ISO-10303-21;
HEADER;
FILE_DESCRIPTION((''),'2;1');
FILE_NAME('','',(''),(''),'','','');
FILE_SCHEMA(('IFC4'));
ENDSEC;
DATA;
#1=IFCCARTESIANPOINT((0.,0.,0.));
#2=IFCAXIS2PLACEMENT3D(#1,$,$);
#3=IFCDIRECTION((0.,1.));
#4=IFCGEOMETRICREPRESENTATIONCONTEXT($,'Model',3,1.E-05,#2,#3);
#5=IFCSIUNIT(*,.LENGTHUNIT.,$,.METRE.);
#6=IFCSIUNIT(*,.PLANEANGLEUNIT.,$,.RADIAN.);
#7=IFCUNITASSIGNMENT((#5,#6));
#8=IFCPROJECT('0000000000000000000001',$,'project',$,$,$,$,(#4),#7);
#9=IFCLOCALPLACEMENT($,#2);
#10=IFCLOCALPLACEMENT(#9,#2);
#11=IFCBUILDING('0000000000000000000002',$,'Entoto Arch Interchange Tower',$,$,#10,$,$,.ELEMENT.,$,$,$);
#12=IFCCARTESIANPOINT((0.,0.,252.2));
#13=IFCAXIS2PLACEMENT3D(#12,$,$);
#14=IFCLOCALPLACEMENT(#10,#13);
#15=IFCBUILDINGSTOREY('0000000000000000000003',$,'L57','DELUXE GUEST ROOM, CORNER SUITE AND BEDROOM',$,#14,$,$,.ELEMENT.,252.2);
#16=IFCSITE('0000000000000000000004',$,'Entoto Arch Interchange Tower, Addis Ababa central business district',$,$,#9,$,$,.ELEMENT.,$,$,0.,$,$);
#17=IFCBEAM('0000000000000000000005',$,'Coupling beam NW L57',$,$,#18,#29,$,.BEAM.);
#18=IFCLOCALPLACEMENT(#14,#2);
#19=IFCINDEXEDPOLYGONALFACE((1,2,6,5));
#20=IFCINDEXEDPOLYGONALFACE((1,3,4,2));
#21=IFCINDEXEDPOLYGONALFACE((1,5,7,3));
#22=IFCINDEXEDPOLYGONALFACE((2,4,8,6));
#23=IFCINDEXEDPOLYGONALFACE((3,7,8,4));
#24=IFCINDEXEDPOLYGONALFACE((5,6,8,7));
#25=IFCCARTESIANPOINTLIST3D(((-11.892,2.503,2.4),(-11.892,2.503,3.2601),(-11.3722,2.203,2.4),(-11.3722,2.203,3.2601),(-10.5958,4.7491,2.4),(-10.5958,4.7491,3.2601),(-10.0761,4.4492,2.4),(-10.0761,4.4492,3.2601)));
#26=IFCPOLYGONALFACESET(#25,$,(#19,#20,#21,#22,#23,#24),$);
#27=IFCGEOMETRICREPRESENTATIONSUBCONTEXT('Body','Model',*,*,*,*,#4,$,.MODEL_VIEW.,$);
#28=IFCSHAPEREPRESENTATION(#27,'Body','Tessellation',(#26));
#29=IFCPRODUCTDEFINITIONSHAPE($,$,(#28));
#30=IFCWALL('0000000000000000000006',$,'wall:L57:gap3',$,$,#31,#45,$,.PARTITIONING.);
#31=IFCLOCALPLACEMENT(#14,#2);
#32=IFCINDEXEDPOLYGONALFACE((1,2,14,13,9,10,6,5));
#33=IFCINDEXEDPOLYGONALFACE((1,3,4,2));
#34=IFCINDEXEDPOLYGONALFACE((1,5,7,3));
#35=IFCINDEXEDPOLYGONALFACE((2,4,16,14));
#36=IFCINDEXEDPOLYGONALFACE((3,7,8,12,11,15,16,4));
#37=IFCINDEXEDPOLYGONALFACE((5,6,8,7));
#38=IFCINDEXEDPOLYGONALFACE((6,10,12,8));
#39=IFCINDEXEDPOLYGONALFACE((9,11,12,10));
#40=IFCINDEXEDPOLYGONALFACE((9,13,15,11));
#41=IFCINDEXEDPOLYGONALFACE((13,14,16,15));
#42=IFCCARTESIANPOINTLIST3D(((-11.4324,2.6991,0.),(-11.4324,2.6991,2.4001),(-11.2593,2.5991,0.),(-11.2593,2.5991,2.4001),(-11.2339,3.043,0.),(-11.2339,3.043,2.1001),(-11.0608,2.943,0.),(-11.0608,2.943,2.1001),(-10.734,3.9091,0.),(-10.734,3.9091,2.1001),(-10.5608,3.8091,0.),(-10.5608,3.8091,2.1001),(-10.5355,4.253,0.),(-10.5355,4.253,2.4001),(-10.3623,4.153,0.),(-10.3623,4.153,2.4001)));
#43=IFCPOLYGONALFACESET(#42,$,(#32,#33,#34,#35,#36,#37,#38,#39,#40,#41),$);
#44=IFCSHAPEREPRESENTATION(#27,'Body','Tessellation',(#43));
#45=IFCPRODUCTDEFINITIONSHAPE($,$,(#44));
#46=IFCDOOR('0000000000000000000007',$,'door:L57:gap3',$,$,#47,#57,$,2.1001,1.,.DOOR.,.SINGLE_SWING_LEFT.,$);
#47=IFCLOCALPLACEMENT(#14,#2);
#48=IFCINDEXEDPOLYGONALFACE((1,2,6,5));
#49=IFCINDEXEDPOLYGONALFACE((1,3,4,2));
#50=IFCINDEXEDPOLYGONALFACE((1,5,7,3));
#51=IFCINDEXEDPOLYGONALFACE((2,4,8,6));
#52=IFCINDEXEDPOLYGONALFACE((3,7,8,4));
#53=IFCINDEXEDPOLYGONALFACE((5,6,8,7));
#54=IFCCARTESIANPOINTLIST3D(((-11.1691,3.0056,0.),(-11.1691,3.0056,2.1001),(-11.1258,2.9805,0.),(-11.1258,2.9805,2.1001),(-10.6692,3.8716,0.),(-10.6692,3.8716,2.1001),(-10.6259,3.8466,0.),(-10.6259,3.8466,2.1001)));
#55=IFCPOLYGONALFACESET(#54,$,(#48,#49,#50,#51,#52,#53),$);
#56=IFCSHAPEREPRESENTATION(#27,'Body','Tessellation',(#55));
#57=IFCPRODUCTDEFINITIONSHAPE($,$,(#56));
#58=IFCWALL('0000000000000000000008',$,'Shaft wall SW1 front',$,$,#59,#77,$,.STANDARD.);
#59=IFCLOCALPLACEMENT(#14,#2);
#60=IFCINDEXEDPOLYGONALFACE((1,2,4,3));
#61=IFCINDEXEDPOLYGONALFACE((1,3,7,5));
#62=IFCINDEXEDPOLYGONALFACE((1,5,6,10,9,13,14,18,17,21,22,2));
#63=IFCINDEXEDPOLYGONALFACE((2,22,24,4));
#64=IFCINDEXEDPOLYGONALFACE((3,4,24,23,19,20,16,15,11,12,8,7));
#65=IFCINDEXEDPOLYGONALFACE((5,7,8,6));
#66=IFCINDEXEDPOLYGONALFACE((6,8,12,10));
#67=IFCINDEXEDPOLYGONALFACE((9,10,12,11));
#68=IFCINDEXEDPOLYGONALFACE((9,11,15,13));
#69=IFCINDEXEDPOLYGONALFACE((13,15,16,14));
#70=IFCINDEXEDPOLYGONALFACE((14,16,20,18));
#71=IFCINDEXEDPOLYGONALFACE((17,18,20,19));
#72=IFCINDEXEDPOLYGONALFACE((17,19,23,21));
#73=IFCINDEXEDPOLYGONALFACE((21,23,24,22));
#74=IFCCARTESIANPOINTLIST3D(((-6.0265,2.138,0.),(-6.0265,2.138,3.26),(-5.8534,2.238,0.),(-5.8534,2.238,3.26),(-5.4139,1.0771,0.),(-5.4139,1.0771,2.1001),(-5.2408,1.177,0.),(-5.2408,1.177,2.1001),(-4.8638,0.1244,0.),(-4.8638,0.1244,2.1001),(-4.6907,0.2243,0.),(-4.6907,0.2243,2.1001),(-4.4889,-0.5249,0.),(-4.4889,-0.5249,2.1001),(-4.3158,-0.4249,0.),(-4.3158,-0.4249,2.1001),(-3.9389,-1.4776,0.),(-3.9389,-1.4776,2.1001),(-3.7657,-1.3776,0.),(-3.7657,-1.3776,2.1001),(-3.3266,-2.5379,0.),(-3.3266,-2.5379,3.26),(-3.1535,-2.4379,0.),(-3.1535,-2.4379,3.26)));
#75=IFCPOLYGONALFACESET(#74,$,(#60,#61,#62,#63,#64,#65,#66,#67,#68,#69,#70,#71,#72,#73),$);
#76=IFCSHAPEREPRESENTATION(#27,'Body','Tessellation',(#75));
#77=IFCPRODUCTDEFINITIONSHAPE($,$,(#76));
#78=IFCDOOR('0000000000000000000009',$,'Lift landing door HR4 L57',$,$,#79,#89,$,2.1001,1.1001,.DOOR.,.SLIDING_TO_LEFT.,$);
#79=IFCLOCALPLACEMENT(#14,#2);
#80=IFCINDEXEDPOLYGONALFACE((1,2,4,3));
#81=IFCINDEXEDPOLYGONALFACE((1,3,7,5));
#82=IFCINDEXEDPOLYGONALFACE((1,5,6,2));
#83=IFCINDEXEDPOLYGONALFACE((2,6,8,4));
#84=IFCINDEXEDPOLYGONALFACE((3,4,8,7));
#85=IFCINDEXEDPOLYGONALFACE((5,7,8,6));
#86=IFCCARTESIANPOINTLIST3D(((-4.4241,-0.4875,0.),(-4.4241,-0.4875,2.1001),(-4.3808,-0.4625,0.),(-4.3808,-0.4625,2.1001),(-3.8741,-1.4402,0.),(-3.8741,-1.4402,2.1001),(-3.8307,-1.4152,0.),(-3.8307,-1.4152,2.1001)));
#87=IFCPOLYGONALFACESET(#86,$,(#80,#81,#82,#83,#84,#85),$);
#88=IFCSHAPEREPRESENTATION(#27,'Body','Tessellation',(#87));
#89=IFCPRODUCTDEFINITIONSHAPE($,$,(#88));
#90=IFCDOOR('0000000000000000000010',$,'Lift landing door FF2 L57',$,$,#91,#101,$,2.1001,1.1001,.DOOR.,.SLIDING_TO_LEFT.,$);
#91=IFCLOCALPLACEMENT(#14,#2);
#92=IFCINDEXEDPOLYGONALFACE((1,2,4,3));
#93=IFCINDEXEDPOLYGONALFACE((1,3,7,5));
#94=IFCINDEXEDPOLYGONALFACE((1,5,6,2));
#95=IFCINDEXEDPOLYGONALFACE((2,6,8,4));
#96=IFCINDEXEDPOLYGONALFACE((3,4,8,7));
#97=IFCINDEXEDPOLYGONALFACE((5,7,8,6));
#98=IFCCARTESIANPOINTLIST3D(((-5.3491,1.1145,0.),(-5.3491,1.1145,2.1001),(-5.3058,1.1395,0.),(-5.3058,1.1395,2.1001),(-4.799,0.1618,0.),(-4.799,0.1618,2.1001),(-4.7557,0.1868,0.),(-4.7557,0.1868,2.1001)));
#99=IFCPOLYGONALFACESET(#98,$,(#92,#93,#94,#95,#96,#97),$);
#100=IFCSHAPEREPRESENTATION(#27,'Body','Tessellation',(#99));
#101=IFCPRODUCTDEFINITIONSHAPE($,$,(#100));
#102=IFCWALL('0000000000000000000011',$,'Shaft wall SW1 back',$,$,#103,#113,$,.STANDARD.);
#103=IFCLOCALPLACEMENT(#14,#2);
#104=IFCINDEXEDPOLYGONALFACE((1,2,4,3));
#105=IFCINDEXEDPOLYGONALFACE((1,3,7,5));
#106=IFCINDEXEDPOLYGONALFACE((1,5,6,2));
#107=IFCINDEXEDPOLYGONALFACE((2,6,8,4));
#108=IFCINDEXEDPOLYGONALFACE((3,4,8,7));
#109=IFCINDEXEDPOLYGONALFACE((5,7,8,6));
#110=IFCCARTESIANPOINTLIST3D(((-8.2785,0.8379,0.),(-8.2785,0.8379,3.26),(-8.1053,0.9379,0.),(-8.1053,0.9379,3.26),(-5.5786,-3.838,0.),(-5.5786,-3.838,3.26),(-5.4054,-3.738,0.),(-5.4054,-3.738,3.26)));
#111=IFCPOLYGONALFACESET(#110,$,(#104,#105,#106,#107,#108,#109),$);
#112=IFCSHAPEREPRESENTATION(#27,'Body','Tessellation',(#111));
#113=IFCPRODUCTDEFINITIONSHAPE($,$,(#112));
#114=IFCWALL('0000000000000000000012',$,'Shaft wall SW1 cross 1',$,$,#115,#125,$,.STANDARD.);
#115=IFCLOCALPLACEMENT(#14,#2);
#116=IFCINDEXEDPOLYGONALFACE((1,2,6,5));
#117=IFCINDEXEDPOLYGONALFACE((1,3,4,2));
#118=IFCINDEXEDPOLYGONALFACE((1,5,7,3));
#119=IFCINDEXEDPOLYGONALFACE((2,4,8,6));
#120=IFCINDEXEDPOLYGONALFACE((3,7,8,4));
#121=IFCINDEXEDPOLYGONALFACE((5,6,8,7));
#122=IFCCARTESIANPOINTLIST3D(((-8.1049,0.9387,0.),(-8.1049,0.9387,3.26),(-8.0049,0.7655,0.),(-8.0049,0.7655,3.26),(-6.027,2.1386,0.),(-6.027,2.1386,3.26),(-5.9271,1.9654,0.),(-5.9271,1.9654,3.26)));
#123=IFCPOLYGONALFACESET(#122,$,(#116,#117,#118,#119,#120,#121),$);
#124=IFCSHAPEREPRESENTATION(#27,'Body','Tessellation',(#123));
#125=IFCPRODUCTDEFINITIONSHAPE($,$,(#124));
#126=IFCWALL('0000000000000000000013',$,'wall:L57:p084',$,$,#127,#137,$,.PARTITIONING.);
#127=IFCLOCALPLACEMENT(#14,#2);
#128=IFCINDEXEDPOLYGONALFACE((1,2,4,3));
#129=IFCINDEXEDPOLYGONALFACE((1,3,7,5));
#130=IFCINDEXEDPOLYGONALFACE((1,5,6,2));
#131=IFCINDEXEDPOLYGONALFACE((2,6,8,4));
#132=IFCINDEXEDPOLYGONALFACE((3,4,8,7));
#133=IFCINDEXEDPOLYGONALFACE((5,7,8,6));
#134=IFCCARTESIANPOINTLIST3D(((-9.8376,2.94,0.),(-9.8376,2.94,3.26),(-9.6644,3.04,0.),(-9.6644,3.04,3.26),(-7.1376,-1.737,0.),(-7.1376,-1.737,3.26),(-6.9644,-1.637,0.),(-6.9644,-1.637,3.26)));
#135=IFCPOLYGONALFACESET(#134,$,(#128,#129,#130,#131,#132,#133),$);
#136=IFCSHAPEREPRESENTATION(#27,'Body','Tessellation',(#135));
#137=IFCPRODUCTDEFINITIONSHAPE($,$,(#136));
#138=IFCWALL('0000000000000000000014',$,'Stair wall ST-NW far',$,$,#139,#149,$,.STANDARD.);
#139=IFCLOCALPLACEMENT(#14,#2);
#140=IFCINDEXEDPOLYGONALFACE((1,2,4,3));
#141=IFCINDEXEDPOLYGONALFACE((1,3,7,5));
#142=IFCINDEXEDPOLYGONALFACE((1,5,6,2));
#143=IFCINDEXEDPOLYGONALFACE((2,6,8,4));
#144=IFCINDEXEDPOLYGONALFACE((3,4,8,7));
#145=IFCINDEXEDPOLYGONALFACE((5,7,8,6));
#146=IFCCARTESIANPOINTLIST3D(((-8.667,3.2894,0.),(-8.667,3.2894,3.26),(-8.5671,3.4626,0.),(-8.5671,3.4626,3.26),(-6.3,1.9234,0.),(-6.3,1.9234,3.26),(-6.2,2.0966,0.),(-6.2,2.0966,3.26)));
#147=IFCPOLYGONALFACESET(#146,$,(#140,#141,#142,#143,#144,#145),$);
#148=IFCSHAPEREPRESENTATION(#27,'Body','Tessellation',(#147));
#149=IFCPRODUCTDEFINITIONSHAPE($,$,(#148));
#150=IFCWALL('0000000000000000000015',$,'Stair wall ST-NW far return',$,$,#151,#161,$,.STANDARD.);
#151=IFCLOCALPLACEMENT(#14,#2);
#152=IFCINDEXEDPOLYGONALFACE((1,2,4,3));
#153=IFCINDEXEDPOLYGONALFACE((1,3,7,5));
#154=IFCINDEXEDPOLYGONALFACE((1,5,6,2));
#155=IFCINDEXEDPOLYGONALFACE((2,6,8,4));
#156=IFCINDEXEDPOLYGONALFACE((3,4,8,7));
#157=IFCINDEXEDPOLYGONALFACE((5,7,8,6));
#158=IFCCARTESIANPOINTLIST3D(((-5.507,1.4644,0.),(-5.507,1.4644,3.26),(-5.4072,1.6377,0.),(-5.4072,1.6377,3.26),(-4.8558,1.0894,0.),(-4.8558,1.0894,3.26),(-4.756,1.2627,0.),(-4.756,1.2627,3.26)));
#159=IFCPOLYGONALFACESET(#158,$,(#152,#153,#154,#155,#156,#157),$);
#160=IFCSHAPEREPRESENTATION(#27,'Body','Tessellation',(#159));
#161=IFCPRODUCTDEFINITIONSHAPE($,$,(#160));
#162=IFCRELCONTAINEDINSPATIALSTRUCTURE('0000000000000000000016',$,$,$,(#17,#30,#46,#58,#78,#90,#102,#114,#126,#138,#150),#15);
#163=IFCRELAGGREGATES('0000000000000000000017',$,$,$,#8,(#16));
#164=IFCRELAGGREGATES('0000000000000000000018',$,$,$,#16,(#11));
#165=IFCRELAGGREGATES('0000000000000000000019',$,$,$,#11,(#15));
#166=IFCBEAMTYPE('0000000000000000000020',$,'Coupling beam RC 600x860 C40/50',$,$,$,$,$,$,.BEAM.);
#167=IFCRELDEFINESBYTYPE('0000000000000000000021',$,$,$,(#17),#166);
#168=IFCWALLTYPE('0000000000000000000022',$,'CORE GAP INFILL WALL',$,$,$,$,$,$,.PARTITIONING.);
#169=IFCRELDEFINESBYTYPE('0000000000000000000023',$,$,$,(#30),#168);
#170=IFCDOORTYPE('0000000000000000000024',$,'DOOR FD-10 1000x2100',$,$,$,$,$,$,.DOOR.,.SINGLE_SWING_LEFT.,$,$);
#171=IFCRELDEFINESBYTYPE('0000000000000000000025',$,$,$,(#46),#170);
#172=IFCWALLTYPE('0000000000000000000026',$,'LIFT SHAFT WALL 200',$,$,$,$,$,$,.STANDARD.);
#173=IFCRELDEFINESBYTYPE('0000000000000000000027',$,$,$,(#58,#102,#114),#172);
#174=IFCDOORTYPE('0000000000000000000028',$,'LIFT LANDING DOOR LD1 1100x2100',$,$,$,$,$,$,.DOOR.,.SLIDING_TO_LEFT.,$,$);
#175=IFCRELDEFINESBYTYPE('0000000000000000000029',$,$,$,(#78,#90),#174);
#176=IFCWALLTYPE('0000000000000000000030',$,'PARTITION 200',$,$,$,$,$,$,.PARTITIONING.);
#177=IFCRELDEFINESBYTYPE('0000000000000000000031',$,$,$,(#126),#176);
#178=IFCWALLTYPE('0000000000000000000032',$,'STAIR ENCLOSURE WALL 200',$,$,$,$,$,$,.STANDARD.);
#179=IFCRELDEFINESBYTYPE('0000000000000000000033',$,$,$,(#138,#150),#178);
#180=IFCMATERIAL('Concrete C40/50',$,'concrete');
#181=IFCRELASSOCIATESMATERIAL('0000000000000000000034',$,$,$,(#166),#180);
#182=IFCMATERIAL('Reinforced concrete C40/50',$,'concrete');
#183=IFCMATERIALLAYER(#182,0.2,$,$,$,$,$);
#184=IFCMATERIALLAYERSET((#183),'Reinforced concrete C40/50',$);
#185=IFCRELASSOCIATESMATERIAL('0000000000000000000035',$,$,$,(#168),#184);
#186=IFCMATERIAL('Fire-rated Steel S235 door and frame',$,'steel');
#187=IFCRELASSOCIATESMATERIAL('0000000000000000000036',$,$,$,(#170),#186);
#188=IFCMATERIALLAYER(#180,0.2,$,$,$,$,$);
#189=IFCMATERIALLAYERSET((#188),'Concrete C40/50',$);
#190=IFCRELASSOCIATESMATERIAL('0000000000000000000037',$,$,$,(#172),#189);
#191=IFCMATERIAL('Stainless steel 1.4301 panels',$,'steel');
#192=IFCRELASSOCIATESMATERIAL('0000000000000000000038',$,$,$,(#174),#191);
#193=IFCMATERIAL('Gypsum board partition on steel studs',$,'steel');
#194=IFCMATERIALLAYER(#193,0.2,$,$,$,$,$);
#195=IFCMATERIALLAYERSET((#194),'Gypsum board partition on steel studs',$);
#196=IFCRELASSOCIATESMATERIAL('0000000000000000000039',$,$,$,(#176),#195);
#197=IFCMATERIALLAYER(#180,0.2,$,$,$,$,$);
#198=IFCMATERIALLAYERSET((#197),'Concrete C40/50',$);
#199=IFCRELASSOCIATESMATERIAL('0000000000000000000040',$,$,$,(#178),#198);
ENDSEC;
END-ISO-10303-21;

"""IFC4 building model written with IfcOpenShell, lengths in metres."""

from ifc_helpers import new_model, si_unit, direction, frame, frame_2d, origin, origin_2d, place, context, subcontext, project, spatial, rectangle, extrude, material, layer, layer_set, material_profile, profile_set, type_object, element, fill, save


model = new_model("IFC4")

# Units and contexts
model_context = context("Model", 3, precision=1e-05, world=origin(), true_north=direction((0.0, 1.0)))
body_context = subcontext(model_context, "Body", "Model", "MODEL_VIEW")
ifc_project = project(units=[si_unit("LENGTHUNIT", "METRE"), si_unit("PLANEANGLEUNIT", "RADIAN")], contexts=[model_context])

# Site, building, storey
site_placement = place(None, origin())
site = spatial("IfcSite", under=ifc_project, at=site_placement, Name="Entoto Arch Interchange Tower, Addis Ababa central business district", CompositionType="ELEMENT", RefElevation=0.0)
building_placement = place(site_placement, origin())
building = spatial("IfcBuilding", under=site, at=building_placement, Name="Entoto Arch Interchange Tower", CompositionType="ELEMENT")
storey_placement = place(building_placement, frame((0.0, 0.0, 252.2)))
storey = spatial("IfcBuildingStorey", under=building, at=storey_placement, Name="L57", Description="DELUXE GUEST ROOM, CORNER SUITE AND BEDROOM", CompositionType="ELEMENT", Elevation=252.2)

# Beam
ifc_material_1 = material(Name="Concrete C40/50", Category="concrete")
ifc_material_profile = material_profile(ifc_material_1, rectangle(XDim=0.6001, YDim=0.8601, at=origin_2d()))
ifc_profile_set = profile_set([ifc_material_profile], Name="Concrete C40/50")
beam_type = type_object("IfcBeamType", Name="Coupling beam RC 600x860 C40/50", PredefinedType="BEAM", material=ifc_profile_set)
beam_placement = place(storey_placement, frame((-10.3359, 4.5991, 2.8301), z_axis=(-0.499815, -0.866132, 0.0), x_axis=(0.866132, -0.499815, 0.0)))
element("IfcBeam", 1, at=beam_placement, inside=storey, type_object=beam_type, Name="Coupling beam NW L57", PredefinedType="BEAM", context=body_context, shape_type="SweptSolid", body=[
    extrude(rectangle(XDim=0.6001, YDim=0.8601, at=origin_2d()), origin(), (0.0, 0.0, 1.0), 2.5933),
])

# Wall, opening, door
ifc_material_2 = material(Name="Reinforced concrete C40/50", Category="concrete")
ifc_layer_1 = layer(ifc_material_2, 0.2)
ifc_layer_set_1 = layer_set([ifc_layer_1], Name="Reinforced concrete C40/50")
wall_type_1 = type_object("IfcWallType", Name="CORE GAP INFILL WALL", PredefinedType="PARTITIONING", material=ifc_layer_set_1)
wall_1_placement = place(storey_placement, frame((-10.449, 4.2029, 0.0), z_axis=(0.0, 0.0, 1.0), x_axis=(-0.499915, -0.866075, 0.0)))
wall_1 = element("IfcWall", 2, at=wall_1_placement, inside=storey, type_object=wall_type_1, Name="wall:L57:gap3", PredefinedType="PARTITIONING", context=body_context, shape_type="SweptSolid", body=[
    extrude(rectangle(XDim=1.7942, YDim=0.2, at=frame_2d((0.897, 0.0))), origin(), (0.0, 0.0, 1.0), 2.4001),
])
opening_1_placement = place(wall_1_placement, frame((0.397, 0.0, 0.0)))
opening_1 = element("IfcOpeningElement", 3, at=opening_1_placement, cuts=wall_1, PredefinedType="OPENING", context=body_context, shape_type="SweptSolid", body=[
    extrude(rectangle(XDim=1.0, YDim=2.1001, at=frame_2d((0.5, 1.05))), frame((0.0, 0.1099, 0.0), z_axis=(0.0, -1.0, 0.0), x_axis=(1.0, 0.0, 0.0)), (0.0, 0.0, 1.0), 0.22),
])
ifc_material_3 = material(Name="Fire-rated Steel S235 door and frame", Category="steel")
door_type_1 = type_object("IfcDoorType", Name="DOOR FD-10 1000x2100", OperationType="SINGLE_SWING_LEFT", PredefinedType="DOOR", material=ifc_material_3)
door_1_placement = place(opening_1_placement, origin())
door_1 = element("IfcDoor", 4, at=door_1_placement, inside=storey, type_object=door_type_1, Name="door:L57:gap3", OperationType="SINGLE_SWING_LEFT", OverallHeight=2.1001, OverallWidth=1.0, PredefinedType="DOOR", context=body_context, shape_type="SweptSolid", body=[
    extrude(rectangle(XDim=1.0, YDim=2.1001, at=frame_2d((0.5, 1.05))), frame((0.0, 0.0249, 0.0), z_axis=(0.0, -1.0, 0.0), x_axis=(1.0, 0.0, 0.0)), (0.0, 0.0, 1.0), 0.05),
])
fill(opening_1, door_1)

# Wall, openings, doors
ifc_layer_2 = layer(ifc_material_1, 0.2)
ifc_layer_set_2 = layer_set([ifc_layer_2], Name="Concrete C40/50")
wall_type_2 = type_object("IfcWallType", Name="LIFT SHAFT WALL 200", PredefinedType="STANDARD", material=ifc_layer_set_2)
wall_2_placement = place(storey_placement, frame((-5.9399, 2.188, 0.0), z_axis=(0.0, 0.0, 1.0), x_axis=(0.500034, -0.866006, 0.0)))
wall_2 = element("IfcWall", 5, at=wall_2_placement, inside=storey, type_object=wall_type_2, Name="Shaft wall SW1 front", PredefinedType="STANDARD", context=body_context, shape_type="SweptSolid", body=[
    extrude(rectangle(XDim=5.3994, YDim=0.2, at=frame_2d((2.6997, 0.0))), origin(), (0.0, 0.0, 1.0), 3.26),
])
opening_2_placement = place(wall_2_placement, frame((3.075, 0.0, 0.0)))
opening_2 = element("IfcOpeningElement", 6, at=opening_2_placement, cuts=wall_2, PredefinedType="OPENING", context=body_context, shape_type="SweptSolid", body=[
    extrude(rectangle(XDim=1.1001, YDim=2.1001, at=frame_2d((0.55, 1.05))), frame((0.0, 0.1099, 0.0), z_axis=(0.0, -1.0, 0.0), x_axis=(1.0, 0.0, 0.0)), (0.0, 0.0, 1.0), 0.22),
])
opening_3_placement = place(wall_2_placement, frame((1.2251, 0.0, 0.0)))
opening_3 = element("IfcOpeningElement", 7, at=opening_3_placement, cuts=wall_2, PredefinedType="OPENING", context=body_context, shape_type="SweptSolid", body=[
    extrude(rectangle(XDim=1.1001, YDim=2.1001, at=frame_2d((0.55, 1.05))), frame((0.0, 0.1099, 0.0), z_axis=(0.0, -1.0, 0.0), x_axis=(1.0, 0.0, 0.0)), (0.0, 0.0, 1.0), 0.22),
])
ifc_material_4 = material(Name="Stainless steel 1.4301 panels", Category="steel")
door_type_2 = type_object("IfcDoorType", Name="LIFT LANDING DOOR LD1 1100x2100", OperationType="SLIDING_TO_LEFT", PredefinedType="DOOR", material=ifc_material_4)
door_2_placement = place(opening_2_placement, origin())
door_2 = element("IfcDoor", 8, at=door_2_placement, inside=storey, type_object=door_type_2, Name="Lift landing door HR4 L57", OperationType="SLIDING_TO_LEFT", OverallHeight=2.1001, OverallWidth=1.1001, PredefinedType="DOOR", context=body_context, shape_type="SweptSolid", body=[
    extrude(rectangle(XDim=1.1001, YDim=2.1001, at=frame_2d((0.55, 1.05))), frame((0.0, 0.0249, 0.0), z_axis=(0.0, -1.0, 0.0), x_axis=(1.0, 0.0, 0.0)), (0.0, 0.0, 1.0), 0.05),
])
fill(opening_2, door_2)
door_3_placement = place(opening_3_placement, origin())
door_3 = element("IfcDoor", 9, at=door_3_placement, inside=storey, type_object=door_type_2, Name="Lift landing door FF2 L57", OperationType="SLIDING_TO_LEFT", OverallHeight=2.1001, OverallWidth=1.1001, PredefinedType="DOOR", context=body_context, shape_type="SweptSolid", body=[
    extrude(rectangle(XDim=1.1001, YDim=2.1001, at=frame_2d((0.55, 1.05))), frame((0.0, 0.0249, 0.0), z_axis=(0.0, -1.0, 0.0), x_axis=(1.0, 0.0, 0.0)), (0.0, 0.0, 1.0), 0.05),
])
fill(opening_3, door_3)

# Walls
wall_3_placement = place(storey_placement, frame((-8.1919, 0.8879, 0.0), z_axis=(0.0, 0.0, 1.0), x_axis=(0.500034, -0.866006, 0.0)))
element("IfcWall", 10, at=wall_3_placement, inside=storey, type_object=wall_type_2, Name="Shaft wall SW1 back", PredefinedType="STANDARD", context=body_context, shape_type="SweptSolid", body=[
    extrude(rectangle(XDim=5.3994, YDim=0.2, at=frame_2d((2.6997, 0.0))), origin(), (0.0, 0.0, 1.0), 3.26),
])
wall_4_placement = place(storey_placement, frame((-5.9771, 2.052, 0.0), z_axis=(0.0, 0.0, 1.0), x_axis=(-0.865974, -0.500089, 0.0)))
element("IfcWall", 11, at=wall_4_placement, inside=storey, type_object=wall_type_2, Name="Shaft wall SW1 cross 1", PredefinedType="STANDARD", context=body_context, shape_type="SweptSolid", body=[
    extrude(rectangle(XDim=2.3994, YDim=0.2, at=frame_2d((1.1997, 0.0))), origin(), (0.0, 0.0, 1.0), 3.26),
])
ifc_material_5 = material(Name="Gypsum board partition on steel studs", Category="steel")
ifc_layer_3 = layer(ifc_material_5, 0.2)
ifc_layer_set_3 = layer_set([ifc_layer_3], Name="Gypsum board partition on steel studs")
wall_type_3 = type_object("IfcWallType", Name="PARTITION 200", PredefinedType="PARTITIONING", material=ifc_layer_set_3)
wall_5_placement = place(storey_placement, frame((-9.751, 2.99, 0.0), z_axis=(0.0, 0.0, 1.0), x_axis=(0.499956, -0.866051, 0.0)))
element("IfcWall", 12, at=wall_5_placement, inside=storey, type_object=wall_type_3, Name="wall:L57:p084", PredefinedType="PARTITIONING", context=body_context, shape_type="SweptSolid", body=[
    extrude(rectangle(XDim=5.4004, YDim=0.2, at=frame_2d((2.7002, 0.0))), origin(), (0.0, 0.0, 1.0), 3.26),
])
ifc_layer_4 = layer(ifc_material_1, 0.2)
ifc_layer_set_4 = layer_set([ifc_layer_4], Name="Concrete C40/50")
wall_type_4 = type_object("IfcWallType", Name="STAIR ENCLOSURE WALL 200", PredefinedType="STANDARD", material=ifc_layer_set_4)
wall_6_placement = place(storey_placement, frame((-6.25, 2.01, 0.0), z_axis=(0.0, 0.0, 1.0), x_axis=(-0.866119, 0.499838, 0.0)))
element("IfcWall", 13, at=wall_6_placement, inside=storey, type_object=wall_type_4, Name="Stair wall ST-NW far", PredefinedType="STANDARD", context=body_context, shape_type="SweptSolid", body=[
    extrude(rectangle(XDim=2.7329, YDim=0.2, at=frame_2d((1.3665, 0.0))), origin(), (0.0, 0.0, 1.0), 3.26),
])
wall_7_placement = place(storey_placement, frame((-4.8059, 1.176, 0.0), z_axis=(0.0, 0.0, 1.0), x_axis=(-0.866559, 0.499075, 0.0)))
element("IfcWall", 14, at=wall_7_placement, inside=storey, type_object=wall_type_4, Name="Stair wall ST-NW far return", PredefinedType="STANDARD", context=body_context, shape_type="SweptSolid", body=[
    extrude(rectangle(XDim=0.7515, YDim=0.2, at=frame_2d((0.3757, 0.0))), origin(), (0.0, 0.0, 1.0), 3.26),
])

save(model, "model.ifc")
